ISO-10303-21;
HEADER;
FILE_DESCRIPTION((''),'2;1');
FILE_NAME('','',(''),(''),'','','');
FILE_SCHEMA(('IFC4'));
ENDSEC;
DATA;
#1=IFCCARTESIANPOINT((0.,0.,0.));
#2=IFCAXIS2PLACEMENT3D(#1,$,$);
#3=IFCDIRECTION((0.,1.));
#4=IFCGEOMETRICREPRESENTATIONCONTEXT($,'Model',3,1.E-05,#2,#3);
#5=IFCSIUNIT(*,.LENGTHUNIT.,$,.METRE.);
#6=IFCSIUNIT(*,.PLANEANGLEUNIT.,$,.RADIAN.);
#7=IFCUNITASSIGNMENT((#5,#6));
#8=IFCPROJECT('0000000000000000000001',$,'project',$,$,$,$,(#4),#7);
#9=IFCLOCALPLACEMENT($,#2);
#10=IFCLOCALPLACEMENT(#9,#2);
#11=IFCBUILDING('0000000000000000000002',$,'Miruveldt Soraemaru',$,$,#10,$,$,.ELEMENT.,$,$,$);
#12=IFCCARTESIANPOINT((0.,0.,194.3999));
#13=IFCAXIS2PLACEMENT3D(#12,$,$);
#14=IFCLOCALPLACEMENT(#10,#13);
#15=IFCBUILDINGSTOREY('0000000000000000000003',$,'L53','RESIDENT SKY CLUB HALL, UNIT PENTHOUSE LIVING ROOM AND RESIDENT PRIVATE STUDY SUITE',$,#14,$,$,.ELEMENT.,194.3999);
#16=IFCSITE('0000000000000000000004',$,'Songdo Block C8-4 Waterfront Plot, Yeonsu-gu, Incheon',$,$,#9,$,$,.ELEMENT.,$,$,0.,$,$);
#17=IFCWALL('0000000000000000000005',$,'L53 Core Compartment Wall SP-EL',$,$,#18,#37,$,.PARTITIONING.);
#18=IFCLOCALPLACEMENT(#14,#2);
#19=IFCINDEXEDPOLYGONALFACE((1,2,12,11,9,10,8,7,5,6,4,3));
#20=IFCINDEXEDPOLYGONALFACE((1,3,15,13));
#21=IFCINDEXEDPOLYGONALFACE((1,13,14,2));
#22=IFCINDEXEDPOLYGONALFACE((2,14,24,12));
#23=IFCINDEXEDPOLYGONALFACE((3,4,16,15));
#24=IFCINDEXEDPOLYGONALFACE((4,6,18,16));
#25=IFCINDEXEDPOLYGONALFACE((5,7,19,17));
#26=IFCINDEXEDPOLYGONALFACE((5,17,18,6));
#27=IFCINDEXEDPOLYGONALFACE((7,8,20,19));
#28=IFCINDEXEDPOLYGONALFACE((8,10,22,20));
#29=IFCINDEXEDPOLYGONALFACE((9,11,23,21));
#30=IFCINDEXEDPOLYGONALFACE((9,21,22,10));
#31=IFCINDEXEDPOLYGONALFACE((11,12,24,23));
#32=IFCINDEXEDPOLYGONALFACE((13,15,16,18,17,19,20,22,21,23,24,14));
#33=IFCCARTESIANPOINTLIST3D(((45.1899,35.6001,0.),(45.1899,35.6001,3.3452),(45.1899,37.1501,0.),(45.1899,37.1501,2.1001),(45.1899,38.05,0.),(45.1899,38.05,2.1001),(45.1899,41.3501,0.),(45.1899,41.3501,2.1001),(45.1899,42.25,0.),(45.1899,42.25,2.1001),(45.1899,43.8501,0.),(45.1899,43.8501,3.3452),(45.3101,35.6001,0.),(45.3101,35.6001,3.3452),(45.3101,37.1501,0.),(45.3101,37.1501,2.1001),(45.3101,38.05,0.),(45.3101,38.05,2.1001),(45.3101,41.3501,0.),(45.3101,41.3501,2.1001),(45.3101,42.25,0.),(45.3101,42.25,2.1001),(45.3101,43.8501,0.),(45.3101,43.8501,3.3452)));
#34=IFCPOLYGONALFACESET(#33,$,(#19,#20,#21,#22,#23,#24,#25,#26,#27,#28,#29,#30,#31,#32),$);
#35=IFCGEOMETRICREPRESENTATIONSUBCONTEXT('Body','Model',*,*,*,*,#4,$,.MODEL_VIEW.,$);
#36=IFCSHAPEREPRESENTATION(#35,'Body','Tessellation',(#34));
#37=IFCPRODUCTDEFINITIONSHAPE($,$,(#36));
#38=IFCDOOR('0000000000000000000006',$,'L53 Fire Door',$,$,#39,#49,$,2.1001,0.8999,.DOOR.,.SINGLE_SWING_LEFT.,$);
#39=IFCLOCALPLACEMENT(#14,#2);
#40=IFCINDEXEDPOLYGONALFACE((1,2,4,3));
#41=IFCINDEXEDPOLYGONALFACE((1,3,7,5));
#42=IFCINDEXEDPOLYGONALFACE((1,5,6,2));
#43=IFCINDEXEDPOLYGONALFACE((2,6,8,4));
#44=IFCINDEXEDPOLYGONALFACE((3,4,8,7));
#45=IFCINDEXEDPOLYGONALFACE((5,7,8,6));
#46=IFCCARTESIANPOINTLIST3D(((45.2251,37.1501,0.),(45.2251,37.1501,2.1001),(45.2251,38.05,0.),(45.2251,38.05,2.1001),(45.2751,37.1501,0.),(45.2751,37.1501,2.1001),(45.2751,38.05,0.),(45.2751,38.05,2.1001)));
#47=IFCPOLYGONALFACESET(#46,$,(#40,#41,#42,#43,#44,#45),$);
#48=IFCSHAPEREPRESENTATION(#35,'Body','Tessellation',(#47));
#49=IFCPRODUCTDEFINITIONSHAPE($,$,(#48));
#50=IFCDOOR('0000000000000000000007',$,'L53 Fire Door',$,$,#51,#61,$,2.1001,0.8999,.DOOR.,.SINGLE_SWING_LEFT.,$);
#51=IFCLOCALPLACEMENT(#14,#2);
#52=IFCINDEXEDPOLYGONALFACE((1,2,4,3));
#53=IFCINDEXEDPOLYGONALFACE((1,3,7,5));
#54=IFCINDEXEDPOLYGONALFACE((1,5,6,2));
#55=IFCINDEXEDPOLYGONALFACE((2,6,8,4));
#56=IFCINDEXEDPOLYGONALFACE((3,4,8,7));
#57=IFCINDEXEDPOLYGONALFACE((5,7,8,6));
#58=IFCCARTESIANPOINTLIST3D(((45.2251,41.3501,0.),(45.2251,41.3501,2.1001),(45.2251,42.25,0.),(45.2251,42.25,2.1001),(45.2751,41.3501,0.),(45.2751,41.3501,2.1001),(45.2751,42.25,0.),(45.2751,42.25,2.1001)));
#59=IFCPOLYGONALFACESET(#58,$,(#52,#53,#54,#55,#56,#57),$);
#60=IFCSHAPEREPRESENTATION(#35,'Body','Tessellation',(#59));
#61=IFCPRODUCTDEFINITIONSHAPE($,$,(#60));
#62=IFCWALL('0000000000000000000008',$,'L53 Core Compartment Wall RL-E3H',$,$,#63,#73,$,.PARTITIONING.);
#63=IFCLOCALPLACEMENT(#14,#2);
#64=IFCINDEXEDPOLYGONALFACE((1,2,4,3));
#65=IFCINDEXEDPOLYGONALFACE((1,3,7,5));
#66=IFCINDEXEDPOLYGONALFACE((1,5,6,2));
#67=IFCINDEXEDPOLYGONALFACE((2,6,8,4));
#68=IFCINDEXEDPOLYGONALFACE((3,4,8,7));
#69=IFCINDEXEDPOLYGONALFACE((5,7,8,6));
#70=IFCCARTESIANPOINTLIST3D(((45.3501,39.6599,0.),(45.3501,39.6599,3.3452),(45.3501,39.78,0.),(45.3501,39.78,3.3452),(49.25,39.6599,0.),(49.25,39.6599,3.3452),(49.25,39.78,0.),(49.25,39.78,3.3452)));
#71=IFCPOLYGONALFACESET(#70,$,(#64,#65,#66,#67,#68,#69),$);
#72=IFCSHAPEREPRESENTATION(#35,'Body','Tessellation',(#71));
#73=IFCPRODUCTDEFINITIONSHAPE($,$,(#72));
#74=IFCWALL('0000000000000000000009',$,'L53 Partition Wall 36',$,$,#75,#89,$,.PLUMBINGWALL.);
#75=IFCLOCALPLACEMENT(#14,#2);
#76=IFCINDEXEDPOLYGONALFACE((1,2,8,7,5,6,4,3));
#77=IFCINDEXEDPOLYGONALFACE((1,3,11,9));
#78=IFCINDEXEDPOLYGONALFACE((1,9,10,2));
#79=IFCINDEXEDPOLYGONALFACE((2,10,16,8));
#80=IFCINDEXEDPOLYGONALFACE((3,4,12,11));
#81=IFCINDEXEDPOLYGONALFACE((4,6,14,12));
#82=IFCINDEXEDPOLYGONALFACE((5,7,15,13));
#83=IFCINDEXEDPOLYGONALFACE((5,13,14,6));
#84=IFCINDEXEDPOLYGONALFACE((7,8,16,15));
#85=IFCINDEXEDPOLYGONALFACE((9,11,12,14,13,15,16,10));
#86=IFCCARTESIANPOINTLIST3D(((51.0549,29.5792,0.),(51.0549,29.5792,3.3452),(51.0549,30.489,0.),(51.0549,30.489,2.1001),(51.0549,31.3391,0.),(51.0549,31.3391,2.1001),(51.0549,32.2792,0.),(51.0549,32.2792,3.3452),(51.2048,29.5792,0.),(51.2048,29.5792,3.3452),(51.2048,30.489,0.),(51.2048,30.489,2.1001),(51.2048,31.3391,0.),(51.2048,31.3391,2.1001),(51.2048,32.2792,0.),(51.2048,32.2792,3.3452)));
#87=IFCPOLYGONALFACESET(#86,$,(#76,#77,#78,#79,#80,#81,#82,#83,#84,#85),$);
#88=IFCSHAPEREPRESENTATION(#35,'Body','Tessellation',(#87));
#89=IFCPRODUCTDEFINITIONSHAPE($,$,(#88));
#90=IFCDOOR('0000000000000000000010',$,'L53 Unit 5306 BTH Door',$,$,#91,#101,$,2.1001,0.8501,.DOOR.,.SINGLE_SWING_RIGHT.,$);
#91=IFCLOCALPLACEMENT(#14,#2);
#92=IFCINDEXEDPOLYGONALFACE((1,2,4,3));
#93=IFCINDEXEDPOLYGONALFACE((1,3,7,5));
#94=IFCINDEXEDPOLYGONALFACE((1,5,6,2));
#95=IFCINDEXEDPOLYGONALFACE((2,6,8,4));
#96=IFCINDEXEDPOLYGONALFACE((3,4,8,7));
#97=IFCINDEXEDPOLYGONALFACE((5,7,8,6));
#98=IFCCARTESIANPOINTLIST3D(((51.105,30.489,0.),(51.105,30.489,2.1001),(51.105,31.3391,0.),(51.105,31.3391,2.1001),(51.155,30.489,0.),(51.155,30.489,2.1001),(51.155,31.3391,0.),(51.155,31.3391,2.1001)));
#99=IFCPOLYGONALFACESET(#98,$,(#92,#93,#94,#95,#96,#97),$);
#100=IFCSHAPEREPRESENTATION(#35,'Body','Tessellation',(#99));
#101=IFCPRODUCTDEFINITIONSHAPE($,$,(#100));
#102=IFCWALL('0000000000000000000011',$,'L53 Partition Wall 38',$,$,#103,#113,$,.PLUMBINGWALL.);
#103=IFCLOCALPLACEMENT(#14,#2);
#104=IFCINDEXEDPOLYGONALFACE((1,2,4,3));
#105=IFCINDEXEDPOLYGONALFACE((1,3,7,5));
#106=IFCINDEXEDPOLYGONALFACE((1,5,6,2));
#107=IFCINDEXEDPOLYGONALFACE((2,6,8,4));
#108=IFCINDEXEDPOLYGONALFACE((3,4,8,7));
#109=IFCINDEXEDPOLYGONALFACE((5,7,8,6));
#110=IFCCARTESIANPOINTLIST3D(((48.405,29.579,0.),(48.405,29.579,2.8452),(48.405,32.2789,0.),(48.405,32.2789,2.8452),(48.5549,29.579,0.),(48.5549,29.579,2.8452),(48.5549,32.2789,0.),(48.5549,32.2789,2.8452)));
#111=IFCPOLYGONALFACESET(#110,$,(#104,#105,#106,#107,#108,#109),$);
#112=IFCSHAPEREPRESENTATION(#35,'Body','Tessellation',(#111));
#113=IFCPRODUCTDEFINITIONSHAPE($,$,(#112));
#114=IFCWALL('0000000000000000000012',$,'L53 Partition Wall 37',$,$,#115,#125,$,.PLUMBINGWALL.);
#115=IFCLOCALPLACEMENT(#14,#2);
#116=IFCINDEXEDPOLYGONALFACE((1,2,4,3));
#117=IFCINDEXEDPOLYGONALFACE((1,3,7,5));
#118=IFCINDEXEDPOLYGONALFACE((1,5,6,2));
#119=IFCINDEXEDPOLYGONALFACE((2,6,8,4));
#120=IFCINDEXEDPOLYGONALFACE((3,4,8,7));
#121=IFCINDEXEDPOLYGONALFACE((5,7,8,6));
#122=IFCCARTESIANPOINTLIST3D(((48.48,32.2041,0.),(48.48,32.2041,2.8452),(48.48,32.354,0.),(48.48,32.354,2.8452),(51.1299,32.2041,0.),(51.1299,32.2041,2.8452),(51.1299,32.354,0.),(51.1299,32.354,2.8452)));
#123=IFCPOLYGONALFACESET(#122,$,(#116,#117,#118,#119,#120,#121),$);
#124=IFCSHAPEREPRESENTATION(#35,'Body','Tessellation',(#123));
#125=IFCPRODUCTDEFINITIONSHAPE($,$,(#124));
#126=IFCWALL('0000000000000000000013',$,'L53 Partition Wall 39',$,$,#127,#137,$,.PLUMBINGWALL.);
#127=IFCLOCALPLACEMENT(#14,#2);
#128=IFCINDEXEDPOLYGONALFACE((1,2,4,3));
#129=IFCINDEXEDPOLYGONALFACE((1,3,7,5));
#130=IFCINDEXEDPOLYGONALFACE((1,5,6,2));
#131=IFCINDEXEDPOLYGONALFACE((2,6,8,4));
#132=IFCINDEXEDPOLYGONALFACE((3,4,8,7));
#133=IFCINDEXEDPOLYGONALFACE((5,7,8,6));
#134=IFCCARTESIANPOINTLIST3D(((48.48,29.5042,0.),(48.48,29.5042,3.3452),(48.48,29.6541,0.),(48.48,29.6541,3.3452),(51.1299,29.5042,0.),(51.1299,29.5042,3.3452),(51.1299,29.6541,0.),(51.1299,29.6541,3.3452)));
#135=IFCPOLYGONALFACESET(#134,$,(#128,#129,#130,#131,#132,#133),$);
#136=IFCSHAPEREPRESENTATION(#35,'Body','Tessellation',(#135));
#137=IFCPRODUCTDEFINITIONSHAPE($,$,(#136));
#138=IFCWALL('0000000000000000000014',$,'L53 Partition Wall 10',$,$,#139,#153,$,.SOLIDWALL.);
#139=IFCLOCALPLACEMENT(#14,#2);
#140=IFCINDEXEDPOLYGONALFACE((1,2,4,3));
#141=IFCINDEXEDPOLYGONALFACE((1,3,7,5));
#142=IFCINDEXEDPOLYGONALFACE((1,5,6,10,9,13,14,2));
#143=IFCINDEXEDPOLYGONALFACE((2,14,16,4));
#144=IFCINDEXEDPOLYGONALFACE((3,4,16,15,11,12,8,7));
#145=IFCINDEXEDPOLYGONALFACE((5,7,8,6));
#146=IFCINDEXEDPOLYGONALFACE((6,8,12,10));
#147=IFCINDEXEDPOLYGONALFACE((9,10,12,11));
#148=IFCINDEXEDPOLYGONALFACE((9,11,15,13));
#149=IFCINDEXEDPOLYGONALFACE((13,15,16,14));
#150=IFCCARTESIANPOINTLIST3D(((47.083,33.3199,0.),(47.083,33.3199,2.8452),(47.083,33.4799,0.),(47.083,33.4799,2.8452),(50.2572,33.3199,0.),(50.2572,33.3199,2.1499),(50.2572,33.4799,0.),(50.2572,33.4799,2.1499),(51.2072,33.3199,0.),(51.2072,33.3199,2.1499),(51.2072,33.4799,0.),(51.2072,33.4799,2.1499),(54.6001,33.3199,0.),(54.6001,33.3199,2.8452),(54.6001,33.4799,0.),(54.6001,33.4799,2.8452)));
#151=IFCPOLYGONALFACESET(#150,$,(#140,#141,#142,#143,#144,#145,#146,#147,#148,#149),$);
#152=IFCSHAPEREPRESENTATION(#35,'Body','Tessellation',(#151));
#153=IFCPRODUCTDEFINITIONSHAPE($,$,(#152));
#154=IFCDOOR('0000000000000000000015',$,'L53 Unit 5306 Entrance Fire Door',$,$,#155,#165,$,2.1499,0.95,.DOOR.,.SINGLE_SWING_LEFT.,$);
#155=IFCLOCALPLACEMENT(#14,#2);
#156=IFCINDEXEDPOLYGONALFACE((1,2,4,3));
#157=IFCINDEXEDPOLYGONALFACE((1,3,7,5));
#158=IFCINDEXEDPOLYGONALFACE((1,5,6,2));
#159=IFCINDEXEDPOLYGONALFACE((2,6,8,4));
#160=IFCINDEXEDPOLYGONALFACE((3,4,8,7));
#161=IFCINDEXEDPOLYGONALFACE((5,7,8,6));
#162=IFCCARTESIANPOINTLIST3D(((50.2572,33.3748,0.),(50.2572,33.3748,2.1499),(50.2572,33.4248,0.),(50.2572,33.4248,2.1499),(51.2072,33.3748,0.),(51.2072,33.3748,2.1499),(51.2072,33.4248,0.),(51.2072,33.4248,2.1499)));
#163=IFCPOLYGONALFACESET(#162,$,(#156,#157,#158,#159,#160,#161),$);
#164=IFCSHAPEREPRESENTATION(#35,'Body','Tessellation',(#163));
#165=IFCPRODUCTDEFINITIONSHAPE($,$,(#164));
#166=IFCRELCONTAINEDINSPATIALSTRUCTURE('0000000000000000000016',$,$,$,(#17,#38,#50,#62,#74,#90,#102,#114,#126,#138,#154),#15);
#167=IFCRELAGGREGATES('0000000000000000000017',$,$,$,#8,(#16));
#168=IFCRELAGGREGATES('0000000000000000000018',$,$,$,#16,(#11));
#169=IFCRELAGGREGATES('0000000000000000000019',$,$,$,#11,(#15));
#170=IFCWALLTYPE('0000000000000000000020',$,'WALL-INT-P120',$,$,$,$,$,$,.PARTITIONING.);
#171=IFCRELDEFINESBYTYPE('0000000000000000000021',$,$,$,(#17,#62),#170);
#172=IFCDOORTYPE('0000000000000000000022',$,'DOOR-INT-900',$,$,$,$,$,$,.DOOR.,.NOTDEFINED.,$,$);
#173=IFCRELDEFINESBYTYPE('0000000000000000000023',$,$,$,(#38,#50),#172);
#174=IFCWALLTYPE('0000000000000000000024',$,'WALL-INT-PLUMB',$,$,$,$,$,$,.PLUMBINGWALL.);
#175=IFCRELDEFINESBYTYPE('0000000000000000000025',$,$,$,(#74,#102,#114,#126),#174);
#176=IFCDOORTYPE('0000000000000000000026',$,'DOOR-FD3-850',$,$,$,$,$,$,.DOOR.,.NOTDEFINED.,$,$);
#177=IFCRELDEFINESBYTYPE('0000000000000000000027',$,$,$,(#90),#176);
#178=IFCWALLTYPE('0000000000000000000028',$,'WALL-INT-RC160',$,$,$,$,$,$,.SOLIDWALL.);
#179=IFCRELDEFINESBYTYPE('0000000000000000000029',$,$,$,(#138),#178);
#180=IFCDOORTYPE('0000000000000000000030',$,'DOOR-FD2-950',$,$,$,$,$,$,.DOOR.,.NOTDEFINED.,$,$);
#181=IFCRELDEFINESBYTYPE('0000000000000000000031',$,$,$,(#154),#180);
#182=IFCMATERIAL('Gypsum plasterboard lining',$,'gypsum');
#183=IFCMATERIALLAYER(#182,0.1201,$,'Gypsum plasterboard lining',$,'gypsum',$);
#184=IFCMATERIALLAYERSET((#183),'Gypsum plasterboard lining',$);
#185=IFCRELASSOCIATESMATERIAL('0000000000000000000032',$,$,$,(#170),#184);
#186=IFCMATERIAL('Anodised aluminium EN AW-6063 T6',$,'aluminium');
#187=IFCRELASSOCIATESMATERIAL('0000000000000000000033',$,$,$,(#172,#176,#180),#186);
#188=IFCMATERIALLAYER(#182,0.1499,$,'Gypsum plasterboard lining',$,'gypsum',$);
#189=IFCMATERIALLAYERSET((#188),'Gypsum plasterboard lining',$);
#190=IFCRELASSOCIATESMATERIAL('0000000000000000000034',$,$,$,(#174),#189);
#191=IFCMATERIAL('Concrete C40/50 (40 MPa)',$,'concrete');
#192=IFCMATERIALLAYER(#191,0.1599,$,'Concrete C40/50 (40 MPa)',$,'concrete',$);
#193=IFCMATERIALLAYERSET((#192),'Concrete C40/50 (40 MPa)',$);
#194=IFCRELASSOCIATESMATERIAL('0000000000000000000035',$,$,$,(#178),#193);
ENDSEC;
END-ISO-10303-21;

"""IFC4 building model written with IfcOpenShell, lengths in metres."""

from ifc_helpers import new_model, si_unit, direction, frame, frame_2d, origin, place, context, subcontext, project, spatial, rectangle, extrude, material, layer, layer_set, type_object, element, fill, save


model = new_model("IFC4")

# Units and contexts
model_context = context("Model", 3, precision=1e-05, world=origin(), true_north=direction((0.0, 1.0)))
body_context = subcontext(model_context, "Body", "Model", "MODEL_VIEW")
ifc_project = project(units=[si_unit("LENGTHUNIT", "METRE"), si_unit("PLANEANGLEUNIT", "RADIAN")], contexts=[model_context])

# Site, building, storey
site_placement = place(None, origin())
site = spatial("IfcSite", under=ifc_project, at=site_placement, Name="Songdo Block C8-4 Waterfront Plot, Yeonsu-gu, Incheon", CompositionType="ELEMENT", RefElevation=0.0)
building_placement = place(site_placement, origin())
building = spatial("IfcBuilding", under=site, at=building_placement, Name="Miruveldt Soraemaru", CompositionType="ELEMENT")
storey_placement = place(building_placement, frame((0.0, 0.0, 194.3999)))
storey = spatial("IfcBuildingStorey", under=building, at=storey_placement, Name="L53", Description="RESIDENT SKY CLUB HALL, UNIT PENTHOUSE LIVING ROOM AND RESIDENT PRIVATE STUDY SUITE", CompositionType="ELEMENT", Elevation=194.3999)

# Shared definitions
ifc_material_1 = material(Name="Gypsum plasterboard lining", Category="gypsum")
ifc_material_2 = material(Name="Anodised aluminium EN AW-6063 T6", Category="aluminium")

# Wall, openings, doors
ifc_layer_1 = layer(ifc_material_1, 0.1201, Name="Gypsum plasterboard lining", Category="gypsum")
ifc_layer_set_1 = layer_set([ifc_layer_1], Name="Gypsum plasterboard lining")
wall_type_1 = type_object("IfcWallType", Name="WALL-INT-P120", PredefinedType="PARTITIONING", material=ifc_layer_set_1)
wall_1_placement = place(storey_placement, frame((45.25, 35.6001, 0.0), z_axis=(0.0, 0.0, 1.0), x_axis=(0.0, 1.0, 0.0)))
wall_1 = element("IfcWall", 1, at=wall_1_placement, inside=storey, type_object=wall_type_1, Name="L53 Core Compartment Wall SP-EL", PredefinedType="PARTITIONING", context=body_context, shape_type="SweptSolid", body=[
    extrude(rectangle(XDim=8.25, YDim=0.1201, at=frame_2d((4.125, 0.0))), origin(), (0.0, 0.0, 1.0), 3.3452),
])
opening_1_placement = place(wall_1_placement, frame((1.55, 0.0, 0.0)))
opening_1 = element("IfcOpeningElement", 2, at=opening_1_placement, cuts=wall_1, PredefinedType="OPENING", context=body_context, shape_type="SweptSolid", body=[
    extrude(rectangle(XDim=0.8999, YDim=2.1001, at=frame_2d((0.45, 1.05))), frame((0.0, 0.0701, 0.0), z_axis=(0.0, -1.0, 0.0), x_axis=(1.0, 0.0, 0.0)), (0.0, 0.0, 1.0), 0.1401),
])
opening_2_placement = place(wall_1_placement, frame((5.75, 0.0, 0.0)))
opening_2 = element("IfcOpeningElement", 3, at=opening_2_placement, cuts=wall_1, PredefinedType="OPENING", context=body_context, shape_type="SweptSolid", body=[
    extrude(rectangle(XDim=0.8999, YDim=2.1001, at=frame_2d((0.45, 1.05))), frame((0.0, 0.0701, 0.0), z_axis=(0.0, -1.0, 0.0), x_axis=(1.0, 0.0, 0.0)), (0.0, 0.0, 1.0), 0.1401),
])
door_type_1 = type_object("IfcDoorType", Name="DOOR-INT-900", OperationType="NOTDEFINED", PredefinedType="DOOR", material=ifc_material_2)
door_1_placement = place(opening_1_placement, origin())
door_1 = element("IfcDoor", 4, at=door_1_placement, inside=storey, type_object=door_type_1, Name="L53 Fire Door", OperationType="SINGLE_SWING_LEFT", OverallHeight=2.1001, OverallWidth=0.8999, PredefinedType="DOOR", context=body_context, shape_type="SweptSolid", body=[
    extrude(rectangle(XDim=0.8999, YDim=2.1001, at=frame_2d((0.45, 1.05))), frame((0.0, 0.0249, 0.0), z_axis=(0.0, -1.0, 0.0), x_axis=(1.0, 0.0, 0.0)), (0.0, 0.0, 1.0), 0.05),
])
fill(opening_1, door_1)
door_2_placement = place(opening_2_placement, origin())
door_2 = element("IfcDoor", 5, at=door_2_placement, inside=storey, type_object=door_type_1, Name="L53 Fire Door", OperationType="SINGLE_SWING_LEFT", OverallHeight=2.1001, OverallWidth=0.8999, PredefinedType="DOOR", context=body_context, shape_type="SweptSolid", body=[
    extrude(rectangle(XDim=0.8999, YDim=2.1001, at=frame_2d((0.45, 1.05))), frame((0.0, 0.0249, 0.0), z_axis=(0.0, -1.0, 0.0), x_axis=(1.0, 0.0, 0.0)), (0.0, 0.0, 1.0), 0.05),
])
fill(opening_2, door_2)

# Wall
wall_2_placement = place(storey_placement, frame((45.3501, 39.72, 0.0), z_axis=(0.0, 0.0, 1.0), x_axis=(1.0, 0.0, 0.0)))
element("IfcWall", 6, at=wall_2_placement, inside=storey, type_object=wall_type_1, Name="L53 Core Compartment Wall RL-E3H", PredefinedType="PARTITIONING", context=body_context, shape_type="SweptSolid", body=[
    extrude(rectangle(XDim=3.8999, YDim=0.1201, at=frame_2d((1.95, 0.0))), origin(), (0.0, 0.0, 1.0), 3.3452),
])

# Wall, opening, door
ifc_layer_2 = layer(ifc_material_1, 0.1499, Name="Gypsum plasterboard lining", Category="gypsum")
ifc_layer_set_2 = layer_set([ifc_layer_2], Name="Gypsum plasterboard lining")
wall_type_2 = type_object("IfcWallType", Name="WALL-INT-PLUMB", PredefinedType="PLUMBINGWALL", material=ifc_layer_set_2)
wall_3_placement = place(storey_placement, frame((51.1299, 29.5791, 0.0), z_axis=(0.0, 0.0, 1.0), x_axis=(0.0, 1.0, 0.0)))
wall_3 = element("IfcWall", 7, at=wall_3_placement, inside=storey, type_object=wall_type_2, Name="L53 Partition Wall 36", PredefinedType="PLUMBINGWALL", context=body_context, shape_type="SweptSolid", body=[
    extrude(rectangle(XDim=2.7, YDim=0.1499, at=frame_2d((1.3501, 0.0))), origin(), (0.0, 0.0, 1.0), 3.3452),
])
opening_3_placement = place(wall_3_placement, frame((0.9099, 0.0, 0.0)))
opening_3 = element("IfcOpeningElement", 8, at=opening_3_placement, cuts=wall_3, PredefinedType="OPENING", context=body_context, shape_type="SweptSolid", body=[
    extrude(rectangle(XDim=0.8501, YDim=2.1001, at=frame_2d((0.425, 1.05))), frame((0.0, 0.085, 0.0), z_axis=(0.0, -1.0, 0.0), x_axis=(1.0, 0.0, 0.0)), (0.0, 0.0, 1.0), 0.1699),
])
door_type_2 = type_object("IfcDoorType", Name="DOOR-FD3-850", OperationType="NOTDEFINED", PredefinedType="DOOR", material=ifc_material_2)
door_3_placement = place(opening_3_placement, origin())
door_3 = element("IfcDoor", 9, at=door_3_placement, inside=storey, type_object=door_type_2, Name="L53 Unit 5306 BTH Door", OperationType="SINGLE_SWING_RIGHT", OverallHeight=2.1001, OverallWidth=0.8501, PredefinedType="DOOR", context=body_context, shape_type="SweptSolid", body=[
    extrude(rectangle(XDim=0.8501, YDim=2.1001, at=frame_2d((0.425, 1.05))), frame((0.0, 0.0249, 0.0), z_axis=(0.0, -1.0, 0.0), x_axis=(1.0, 0.0, 0.0)), (0.0, 0.0, 1.0), 0.05),
])
fill(opening_3, door_3)

# Walls
wall_4_placement = place(storey_placement, frame((48.48, 32.2791, 0.0), z_axis=(0.0, 0.0, 1.0), x_axis=(0.0, -1.0, 0.0)))
element("IfcWall", 10, at=wall_4_placement, inside=storey, type_object=wall_type_2, Name="L53 Partition Wall 38", PredefinedType="PLUMBINGWALL", context=body_context, shape_type="SweptSolid", body=[
    extrude(rectangle(XDim=2.7, YDim=0.1499, at=frame_2d((1.3501, 0.0))), origin(), (0.0, 0.0, 1.0), 2.8452),
])
wall_5_placement = place(storey_placement, frame((51.1299, 32.2791, 0.0), z_axis=(0.0, 0.0, 1.0), x_axis=(-1.0, 0.0, 0.0)))
element("IfcWall", 11, at=wall_5_placement, inside=storey, type_object=wall_type_2, Name="L53 Partition Wall 37", PredefinedType="PLUMBINGWALL", context=body_context, shape_type="SweptSolid", body=[
    extrude(rectangle(XDim=2.6499, YDim=0.1499, at=frame_2d((1.325, 0.0))), origin(), (0.0, 0.0, 1.0), 2.8452),
])
wall_6_placement = place(storey_placement, frame((48.48, 29.5791, 0.0), z_axis=(0.0, 0.0, 1.0), x_axis=(1.0, 0.0, 0.0)))
element("IfcWall", 12, at=wall_6_placement, inside=storey, type_object=wall_type_2, Name="L53 Partition Wall 39", PredefinedType="PLUMBINGWALL", context=body_context, shape_type="SweptSolid", body=[
    extrude(rectangle(XDim=2.6499, YDim=0.1499, at=frame_2d((1.325, 0.0))), origin(), (0.0, 0.0, 1.0), 3.3452),
])

# Wall, opening, door
ifc_material_3 = material(Name="Concrete C40/50 (40 MPa)", Category="concrete")
ifc_layer_3 = layer(ifc_material_3, 0.1599, Name="Concrete C40/50 (40 MPa)", Category="concrete")
ifc_layer_set_3 = layer_set([ifc_layer_3], Name="Concrete C40/50 (40 MPa)")
wall_type_3 = type_object("IfcWallType", Name="WALL-INT-RC160", PredefinedType="SOLIDWALL", material=ifc_layer_set_3)
wall_7_placement = place(storey_placement, frame((47.083, 33.3999, 0.0), z_axis=(0.0, 0.0, 1.0), x_axis=(1.0, 0.0, 0.0)))
wall_7 = element("IfcWall", 13, at=wall_7_placement, inside=storey, type_object=wall_type_3, Name="L53 Partition Wall 10", PredefinedType="SOLIDWALL", context=body_context, shape_type="SweptSolid", body=[
    extrude(rectangle(XDim=7.5171, YDim=0.1599, at=frame_2d((3.7585, 0.0))), origin(), (0.0, 0.0, 1.0), 2.8452),
])
opening_4_placement = place(wall_7_placement, frame((3.1741, 0.0, 0.0)))
opening_4 = element("IfcOpeningElement", 14, at=opening_4_placement, cuts=wall_7, PredefinedType="OPENING", context=body_context, shape_type="SweptSolid", body=[
    extrude(rectangle(XDim=0.95, YDim=2.1499, at=frame_2d((0.4751, 1.075))), frame((0.0, 0.0898, 0.0), z_axis=(0.0, -1.0, 0.0), x_axis=(1.0, 0.0, 0.0)), (0.0, 0.0, 1.0), 0.1799),
])
door_type_3 = type_object("IfcDoorType", Name="DOOR-FD2-950", OperationType="NOTDEFINED", PredefinedType="DOOR", material=ifc_material_2)
door_4_placement = place(opening_4_placement, origin())
door_4 = element("IfcDoor", 15, at=door_4_placement, inside=storey, type_object=door_type_3, Name="L53 Unit 5306 Entrance Fire Door", OperationType="SINGLE_SWING_LEFT", OverallHeight=2.1499, OverallWidth=0.95, PredefinedType="DOOR", context=body_context, shape_type="SweptSolid", body=[
    extrude(rectangle(XDim=0.95, YDim=2.1499, at=frame_2d((0.4751, 1.075))), frame((0.0, 0.0249, 0.0), z_axis=(0.0, -1.0, 0.0), x_axis=(1.0, 0.0, 0.0)), (0.0, 0.0, 1.0), 0.05),
])
fill(opening_4, door_4)

save(model, "model.ifc")
